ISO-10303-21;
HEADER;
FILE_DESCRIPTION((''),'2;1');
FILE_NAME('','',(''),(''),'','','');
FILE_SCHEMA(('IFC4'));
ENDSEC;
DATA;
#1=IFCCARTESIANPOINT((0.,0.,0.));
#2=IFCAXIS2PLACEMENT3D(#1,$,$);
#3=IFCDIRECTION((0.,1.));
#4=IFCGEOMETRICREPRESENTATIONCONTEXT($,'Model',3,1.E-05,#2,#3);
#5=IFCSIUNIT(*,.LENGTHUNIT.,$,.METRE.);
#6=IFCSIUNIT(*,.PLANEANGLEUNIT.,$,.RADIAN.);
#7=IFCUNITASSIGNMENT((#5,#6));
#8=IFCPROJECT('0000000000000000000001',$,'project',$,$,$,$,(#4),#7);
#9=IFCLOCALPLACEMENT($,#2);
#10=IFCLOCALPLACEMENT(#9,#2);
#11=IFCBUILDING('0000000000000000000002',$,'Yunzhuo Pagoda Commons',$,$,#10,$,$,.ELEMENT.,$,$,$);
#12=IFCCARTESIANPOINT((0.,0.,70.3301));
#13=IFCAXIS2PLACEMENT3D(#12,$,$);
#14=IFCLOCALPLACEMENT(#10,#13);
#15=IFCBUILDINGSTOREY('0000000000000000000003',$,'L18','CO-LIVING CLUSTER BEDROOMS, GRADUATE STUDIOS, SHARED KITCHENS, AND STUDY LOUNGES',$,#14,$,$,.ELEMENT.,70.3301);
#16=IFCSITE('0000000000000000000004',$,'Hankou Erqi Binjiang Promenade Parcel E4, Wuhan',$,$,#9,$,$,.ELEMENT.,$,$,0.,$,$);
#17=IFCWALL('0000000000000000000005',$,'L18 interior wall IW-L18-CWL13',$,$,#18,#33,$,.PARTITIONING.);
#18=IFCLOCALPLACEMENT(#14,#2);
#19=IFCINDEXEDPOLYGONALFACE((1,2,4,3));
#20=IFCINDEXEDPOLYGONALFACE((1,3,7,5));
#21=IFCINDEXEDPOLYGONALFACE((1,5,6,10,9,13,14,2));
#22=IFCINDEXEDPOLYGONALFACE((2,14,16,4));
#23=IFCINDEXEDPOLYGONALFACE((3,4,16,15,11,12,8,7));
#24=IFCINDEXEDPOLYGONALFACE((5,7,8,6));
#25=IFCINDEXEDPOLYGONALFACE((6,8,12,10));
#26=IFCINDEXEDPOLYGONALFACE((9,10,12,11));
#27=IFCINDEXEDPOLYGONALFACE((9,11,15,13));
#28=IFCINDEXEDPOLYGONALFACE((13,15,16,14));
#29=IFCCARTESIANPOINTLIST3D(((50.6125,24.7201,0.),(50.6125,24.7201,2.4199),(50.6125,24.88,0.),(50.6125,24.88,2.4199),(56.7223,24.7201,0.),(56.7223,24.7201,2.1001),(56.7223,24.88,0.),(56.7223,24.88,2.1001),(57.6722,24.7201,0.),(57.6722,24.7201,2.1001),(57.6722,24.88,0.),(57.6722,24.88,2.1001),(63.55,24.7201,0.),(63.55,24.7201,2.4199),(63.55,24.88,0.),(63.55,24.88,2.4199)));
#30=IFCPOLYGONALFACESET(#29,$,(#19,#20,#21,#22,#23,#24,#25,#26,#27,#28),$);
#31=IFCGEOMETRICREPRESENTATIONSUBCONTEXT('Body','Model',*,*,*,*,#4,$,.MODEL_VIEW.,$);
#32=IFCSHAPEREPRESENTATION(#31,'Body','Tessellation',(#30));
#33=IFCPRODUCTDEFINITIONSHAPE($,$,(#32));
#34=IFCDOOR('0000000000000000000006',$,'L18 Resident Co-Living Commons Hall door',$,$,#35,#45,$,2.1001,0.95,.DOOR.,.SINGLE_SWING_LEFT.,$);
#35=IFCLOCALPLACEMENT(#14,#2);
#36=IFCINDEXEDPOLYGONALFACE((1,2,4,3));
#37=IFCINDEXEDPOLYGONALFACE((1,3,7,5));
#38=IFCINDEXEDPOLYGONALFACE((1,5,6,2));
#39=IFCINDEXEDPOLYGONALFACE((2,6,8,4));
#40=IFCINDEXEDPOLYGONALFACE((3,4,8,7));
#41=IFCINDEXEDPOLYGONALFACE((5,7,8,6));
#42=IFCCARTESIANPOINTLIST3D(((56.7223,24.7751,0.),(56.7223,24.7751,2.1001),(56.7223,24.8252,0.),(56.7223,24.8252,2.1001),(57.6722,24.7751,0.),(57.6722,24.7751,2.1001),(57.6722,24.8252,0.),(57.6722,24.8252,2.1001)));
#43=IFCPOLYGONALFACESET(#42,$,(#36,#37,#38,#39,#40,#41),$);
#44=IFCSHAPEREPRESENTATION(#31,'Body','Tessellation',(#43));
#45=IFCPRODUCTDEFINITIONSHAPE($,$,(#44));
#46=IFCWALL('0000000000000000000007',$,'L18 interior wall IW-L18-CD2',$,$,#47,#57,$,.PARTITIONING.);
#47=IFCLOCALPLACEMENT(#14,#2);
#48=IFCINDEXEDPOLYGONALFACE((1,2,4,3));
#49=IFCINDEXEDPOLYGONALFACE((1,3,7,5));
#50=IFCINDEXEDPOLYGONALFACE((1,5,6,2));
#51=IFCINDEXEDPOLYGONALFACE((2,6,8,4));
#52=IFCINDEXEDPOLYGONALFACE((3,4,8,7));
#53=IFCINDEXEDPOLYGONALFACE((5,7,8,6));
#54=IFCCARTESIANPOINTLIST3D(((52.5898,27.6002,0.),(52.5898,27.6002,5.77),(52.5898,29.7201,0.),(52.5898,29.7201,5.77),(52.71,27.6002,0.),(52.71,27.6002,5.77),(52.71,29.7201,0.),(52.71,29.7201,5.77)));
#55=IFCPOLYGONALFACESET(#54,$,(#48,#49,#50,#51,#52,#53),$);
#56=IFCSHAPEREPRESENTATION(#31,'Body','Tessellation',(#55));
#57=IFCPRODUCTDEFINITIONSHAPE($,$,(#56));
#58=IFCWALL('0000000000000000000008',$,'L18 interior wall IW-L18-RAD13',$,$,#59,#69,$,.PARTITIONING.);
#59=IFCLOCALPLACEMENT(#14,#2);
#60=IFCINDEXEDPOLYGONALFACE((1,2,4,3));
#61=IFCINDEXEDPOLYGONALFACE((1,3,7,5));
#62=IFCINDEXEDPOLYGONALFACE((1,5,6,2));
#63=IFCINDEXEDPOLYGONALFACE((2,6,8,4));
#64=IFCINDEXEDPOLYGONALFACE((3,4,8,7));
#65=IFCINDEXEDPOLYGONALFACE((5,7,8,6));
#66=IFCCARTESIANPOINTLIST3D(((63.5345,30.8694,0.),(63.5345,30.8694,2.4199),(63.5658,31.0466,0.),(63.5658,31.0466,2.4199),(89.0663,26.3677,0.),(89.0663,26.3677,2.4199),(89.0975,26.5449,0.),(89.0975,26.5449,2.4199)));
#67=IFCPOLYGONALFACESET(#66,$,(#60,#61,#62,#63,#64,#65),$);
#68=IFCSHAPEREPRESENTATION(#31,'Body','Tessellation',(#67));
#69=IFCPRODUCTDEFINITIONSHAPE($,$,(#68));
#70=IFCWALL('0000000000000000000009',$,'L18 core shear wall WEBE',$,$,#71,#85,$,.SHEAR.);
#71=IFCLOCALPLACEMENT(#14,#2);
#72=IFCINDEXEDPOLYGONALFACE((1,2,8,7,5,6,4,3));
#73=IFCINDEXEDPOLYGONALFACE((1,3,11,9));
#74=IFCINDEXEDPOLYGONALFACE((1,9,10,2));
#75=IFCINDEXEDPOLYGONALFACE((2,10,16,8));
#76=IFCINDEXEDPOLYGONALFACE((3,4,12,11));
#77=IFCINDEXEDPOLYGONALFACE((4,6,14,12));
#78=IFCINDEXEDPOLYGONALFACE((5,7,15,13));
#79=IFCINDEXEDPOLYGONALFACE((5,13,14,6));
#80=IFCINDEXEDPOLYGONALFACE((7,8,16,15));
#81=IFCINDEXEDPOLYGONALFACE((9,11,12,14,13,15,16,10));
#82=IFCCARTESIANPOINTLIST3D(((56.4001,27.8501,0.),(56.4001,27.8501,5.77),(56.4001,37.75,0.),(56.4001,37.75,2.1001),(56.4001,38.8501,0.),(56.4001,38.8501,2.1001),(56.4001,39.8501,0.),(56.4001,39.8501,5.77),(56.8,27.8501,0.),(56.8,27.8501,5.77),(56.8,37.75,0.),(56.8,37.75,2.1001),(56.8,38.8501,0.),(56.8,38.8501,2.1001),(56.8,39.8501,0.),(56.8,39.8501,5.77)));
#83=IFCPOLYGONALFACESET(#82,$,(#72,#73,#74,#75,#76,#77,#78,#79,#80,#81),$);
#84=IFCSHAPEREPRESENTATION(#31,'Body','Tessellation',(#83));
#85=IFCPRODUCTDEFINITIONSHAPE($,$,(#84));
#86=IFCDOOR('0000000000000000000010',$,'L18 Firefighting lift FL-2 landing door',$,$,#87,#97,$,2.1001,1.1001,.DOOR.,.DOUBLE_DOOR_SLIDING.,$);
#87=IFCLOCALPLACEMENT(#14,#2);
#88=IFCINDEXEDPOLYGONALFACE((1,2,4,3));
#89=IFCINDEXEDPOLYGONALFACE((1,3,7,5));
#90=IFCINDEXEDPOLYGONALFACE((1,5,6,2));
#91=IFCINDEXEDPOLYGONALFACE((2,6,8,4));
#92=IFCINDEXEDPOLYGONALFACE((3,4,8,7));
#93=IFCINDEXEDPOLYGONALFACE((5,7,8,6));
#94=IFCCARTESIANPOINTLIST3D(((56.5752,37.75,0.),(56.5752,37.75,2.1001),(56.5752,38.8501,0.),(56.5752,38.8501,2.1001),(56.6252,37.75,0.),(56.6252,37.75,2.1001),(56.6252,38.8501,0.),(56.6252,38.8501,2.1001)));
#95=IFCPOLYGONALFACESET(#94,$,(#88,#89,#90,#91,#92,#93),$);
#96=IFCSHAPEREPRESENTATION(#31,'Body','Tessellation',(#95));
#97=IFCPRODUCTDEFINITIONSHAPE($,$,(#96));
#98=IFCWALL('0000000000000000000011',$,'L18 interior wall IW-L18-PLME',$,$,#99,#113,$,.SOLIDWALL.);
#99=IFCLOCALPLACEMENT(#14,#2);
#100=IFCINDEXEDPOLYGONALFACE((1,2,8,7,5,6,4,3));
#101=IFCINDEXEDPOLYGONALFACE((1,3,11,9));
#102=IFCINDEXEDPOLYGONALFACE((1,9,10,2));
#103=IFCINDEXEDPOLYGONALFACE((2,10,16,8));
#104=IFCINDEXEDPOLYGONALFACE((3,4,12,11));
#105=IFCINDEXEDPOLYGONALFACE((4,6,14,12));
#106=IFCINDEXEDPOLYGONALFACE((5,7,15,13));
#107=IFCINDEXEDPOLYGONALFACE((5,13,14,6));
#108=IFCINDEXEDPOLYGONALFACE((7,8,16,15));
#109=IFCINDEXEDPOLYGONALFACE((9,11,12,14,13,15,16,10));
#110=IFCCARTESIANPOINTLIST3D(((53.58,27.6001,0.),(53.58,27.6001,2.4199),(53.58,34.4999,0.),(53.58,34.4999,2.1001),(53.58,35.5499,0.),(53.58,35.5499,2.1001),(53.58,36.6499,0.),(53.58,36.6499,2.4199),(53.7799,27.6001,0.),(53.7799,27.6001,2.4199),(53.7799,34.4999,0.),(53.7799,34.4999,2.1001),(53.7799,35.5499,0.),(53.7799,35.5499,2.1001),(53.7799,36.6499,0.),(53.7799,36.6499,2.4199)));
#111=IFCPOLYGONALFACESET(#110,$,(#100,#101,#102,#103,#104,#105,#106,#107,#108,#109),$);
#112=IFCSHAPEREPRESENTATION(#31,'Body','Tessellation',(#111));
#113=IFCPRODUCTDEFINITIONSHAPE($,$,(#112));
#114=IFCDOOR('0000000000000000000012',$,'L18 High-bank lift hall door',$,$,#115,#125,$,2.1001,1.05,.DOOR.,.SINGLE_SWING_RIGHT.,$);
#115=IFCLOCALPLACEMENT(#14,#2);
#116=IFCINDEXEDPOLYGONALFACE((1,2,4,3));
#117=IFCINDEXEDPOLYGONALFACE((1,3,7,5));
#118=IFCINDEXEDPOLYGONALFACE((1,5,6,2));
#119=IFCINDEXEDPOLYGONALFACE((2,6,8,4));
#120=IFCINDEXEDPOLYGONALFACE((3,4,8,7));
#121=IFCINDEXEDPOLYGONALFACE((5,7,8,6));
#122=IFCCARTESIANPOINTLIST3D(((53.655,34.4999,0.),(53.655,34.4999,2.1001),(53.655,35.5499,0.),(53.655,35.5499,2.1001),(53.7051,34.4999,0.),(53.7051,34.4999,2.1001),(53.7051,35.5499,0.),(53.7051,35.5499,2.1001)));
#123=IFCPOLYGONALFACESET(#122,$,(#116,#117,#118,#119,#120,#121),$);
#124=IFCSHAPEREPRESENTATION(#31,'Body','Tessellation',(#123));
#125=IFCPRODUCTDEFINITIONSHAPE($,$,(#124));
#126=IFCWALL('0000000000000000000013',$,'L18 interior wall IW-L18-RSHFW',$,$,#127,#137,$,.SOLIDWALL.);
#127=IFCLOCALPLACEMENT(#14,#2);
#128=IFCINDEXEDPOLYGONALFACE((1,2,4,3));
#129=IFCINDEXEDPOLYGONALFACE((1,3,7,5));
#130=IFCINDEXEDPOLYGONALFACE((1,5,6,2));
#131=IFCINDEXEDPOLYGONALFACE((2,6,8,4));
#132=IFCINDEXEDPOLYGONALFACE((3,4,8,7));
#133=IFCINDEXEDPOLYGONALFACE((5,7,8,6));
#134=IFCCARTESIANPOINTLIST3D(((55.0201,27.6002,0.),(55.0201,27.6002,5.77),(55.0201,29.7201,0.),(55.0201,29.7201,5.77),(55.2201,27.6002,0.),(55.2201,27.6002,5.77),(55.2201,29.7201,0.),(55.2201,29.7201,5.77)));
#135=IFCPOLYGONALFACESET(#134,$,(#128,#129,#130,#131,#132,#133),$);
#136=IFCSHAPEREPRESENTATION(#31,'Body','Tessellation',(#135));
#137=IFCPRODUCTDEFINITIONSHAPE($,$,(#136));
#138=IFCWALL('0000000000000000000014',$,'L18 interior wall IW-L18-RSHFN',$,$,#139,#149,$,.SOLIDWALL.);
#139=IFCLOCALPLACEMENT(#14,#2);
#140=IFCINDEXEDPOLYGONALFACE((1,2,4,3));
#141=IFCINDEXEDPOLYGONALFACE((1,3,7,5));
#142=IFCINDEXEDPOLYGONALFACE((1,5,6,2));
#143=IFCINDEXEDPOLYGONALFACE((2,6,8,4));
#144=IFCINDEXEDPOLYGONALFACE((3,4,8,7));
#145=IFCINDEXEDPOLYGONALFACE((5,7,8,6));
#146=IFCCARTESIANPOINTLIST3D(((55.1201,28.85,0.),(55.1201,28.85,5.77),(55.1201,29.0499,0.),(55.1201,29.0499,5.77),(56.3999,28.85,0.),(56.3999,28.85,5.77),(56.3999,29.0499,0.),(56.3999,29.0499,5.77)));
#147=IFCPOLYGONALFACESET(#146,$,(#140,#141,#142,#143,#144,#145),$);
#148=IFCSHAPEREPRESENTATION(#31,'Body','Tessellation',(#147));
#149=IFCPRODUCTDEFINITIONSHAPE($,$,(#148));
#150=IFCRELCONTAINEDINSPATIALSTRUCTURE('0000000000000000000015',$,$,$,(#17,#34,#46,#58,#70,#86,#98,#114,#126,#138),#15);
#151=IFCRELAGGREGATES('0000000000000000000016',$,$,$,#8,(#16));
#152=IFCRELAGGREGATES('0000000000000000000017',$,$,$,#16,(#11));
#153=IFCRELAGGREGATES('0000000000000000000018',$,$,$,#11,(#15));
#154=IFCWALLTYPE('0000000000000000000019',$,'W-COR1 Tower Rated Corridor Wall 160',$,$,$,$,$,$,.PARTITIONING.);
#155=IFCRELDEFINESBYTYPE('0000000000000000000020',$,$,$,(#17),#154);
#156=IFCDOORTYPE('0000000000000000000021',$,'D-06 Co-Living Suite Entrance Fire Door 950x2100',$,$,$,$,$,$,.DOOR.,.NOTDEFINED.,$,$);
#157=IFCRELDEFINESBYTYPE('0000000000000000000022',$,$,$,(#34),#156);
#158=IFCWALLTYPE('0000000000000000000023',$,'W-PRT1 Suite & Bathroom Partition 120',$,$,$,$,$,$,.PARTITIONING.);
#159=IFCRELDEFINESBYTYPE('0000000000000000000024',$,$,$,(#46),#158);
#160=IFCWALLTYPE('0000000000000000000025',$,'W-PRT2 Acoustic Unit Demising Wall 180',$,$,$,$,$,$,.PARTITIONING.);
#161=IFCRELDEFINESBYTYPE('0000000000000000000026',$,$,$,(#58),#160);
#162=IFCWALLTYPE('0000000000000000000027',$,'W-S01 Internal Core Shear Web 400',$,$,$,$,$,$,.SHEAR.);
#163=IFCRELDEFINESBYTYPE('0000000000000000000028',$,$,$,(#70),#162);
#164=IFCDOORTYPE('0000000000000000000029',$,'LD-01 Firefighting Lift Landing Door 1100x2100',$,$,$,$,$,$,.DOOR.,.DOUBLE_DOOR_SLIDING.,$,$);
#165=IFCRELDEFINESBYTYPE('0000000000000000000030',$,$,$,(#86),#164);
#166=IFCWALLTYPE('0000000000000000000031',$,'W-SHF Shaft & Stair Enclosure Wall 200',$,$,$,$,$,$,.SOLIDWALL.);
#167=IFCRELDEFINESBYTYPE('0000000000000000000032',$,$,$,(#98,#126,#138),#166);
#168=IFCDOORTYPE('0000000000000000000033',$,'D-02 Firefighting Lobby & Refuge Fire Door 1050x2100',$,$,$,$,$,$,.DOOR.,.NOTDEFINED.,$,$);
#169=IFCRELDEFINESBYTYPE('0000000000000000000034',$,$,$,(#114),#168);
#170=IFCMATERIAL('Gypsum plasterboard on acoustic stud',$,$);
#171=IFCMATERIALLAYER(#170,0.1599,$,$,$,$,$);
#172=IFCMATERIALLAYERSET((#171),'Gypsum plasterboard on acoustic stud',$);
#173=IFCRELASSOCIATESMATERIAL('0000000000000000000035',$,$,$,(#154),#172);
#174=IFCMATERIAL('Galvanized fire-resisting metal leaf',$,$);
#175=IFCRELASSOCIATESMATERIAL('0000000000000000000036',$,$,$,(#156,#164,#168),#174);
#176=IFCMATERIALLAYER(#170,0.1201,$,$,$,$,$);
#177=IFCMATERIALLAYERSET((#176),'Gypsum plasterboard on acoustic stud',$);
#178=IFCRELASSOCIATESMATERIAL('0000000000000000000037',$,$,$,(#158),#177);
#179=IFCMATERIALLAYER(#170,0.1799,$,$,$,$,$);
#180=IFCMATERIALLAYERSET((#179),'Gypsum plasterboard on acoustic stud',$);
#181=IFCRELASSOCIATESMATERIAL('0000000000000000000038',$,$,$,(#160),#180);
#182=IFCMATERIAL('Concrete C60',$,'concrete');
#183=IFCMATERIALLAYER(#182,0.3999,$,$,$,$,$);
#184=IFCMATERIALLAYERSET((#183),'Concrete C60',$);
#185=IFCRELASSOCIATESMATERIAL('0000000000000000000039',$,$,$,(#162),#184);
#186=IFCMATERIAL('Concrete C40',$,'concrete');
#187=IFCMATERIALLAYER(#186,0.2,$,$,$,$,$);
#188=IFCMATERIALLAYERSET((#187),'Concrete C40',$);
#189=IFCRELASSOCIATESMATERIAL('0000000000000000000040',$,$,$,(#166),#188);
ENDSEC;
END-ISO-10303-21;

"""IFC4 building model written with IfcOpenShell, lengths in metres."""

from ifc_helpers import new_model, si_unit, direction, frame, frame_2d, origin, origin_with_axes, place, context, subcontext, project, spatial, rectangle, extrude, source, transform, mapped, material, layer, layer_set, type_object, element, fill, save


model = new_model("IFC4")

# Units and contexts
model_context = context("Model", 3, precision=1e-05, world=origin(), true_north=direction((0.0, 1.0)))
body_context = subcontext(model_context, "Body", "Model", "MODEL_VIEW")
ifc_project = project(units=[si_unit("LENGTHUNIT", "METRE"), si_unit("PLANEANGLEUNIT", "RADIAN")], contexts=[model_context])

# Site, building, storey
site_placement = place(None, origin())
site = spatial("IfcSite", under=ifc_project, at=site_placement, Name="Hankou Erqi Binjiang Promenade Parcel E4, Wuhan", CompositionType="ELEMENT", RefElevation=0.0)
building_placement = place(site_placement, origin())
building = spatial("IfcBuilding", under=site, at=building_placement, Name="Yunzhuo Pagoda Commons", CompositionType="ELEMENT")
storey_placement = place(building_placement, frame((0.0, 0.0, 70.3301)))
storey = spatial("IfcBuildingStorey", under=building, at=storey_placement, Name="L18", Description="CO-LIVING CLUSTER BEDROOMS, GRADUATE STUDIOS, SHARED KITCHENS, AND STUDY LOUNGES", CompositionType="ELEMENT", Elevation=70.3301)

# Shared definitions
ifc_material_1 = material(Name="Concrete C60", Category="concrete")
ifc_material_2 = material(Name="Gypsum plasterboard on acoustic stud")
ifc_layer_1 = layer(ifc_material_2, 0.1599)
ifc_layer_set_1 = layer_set([ifc_layer_1], Name="Gypsum plasterboard on acoustic stud")
wall_type_1 = type_object("IfcWallType", Name="W-COR1 Tower Rated Corridor Wall 160", PredefinedType="PARTITIONING", material=ifc_layer_set_1)

# Wall, opening, door
wall_1_placement = place(storey_placement, frame((63.55, 24.8, 0.0), z_axis=(0.0, 0.0, 1.0), x_axis=(-1.0, 0.0, 0.0)))
wall_1 = element("IfcWall", 1, at=wall_1_placement, inside=storey, type_object=wall_type_1, Name="L18 interior wall IW-L18-CWL13", PredefinedType="PARTITIONING", context=body_context, shape_type="SweptSolid", body=[
    extrude(rectangle(XDim=12.9375, YDim=0.1599, at=frame_2d((6.4688, 0.0))), origin(), (0.0, 0.0, 1.0), 2.4199),
])
opening_1_placement = place(wall_1_placement, frame((5.8777, 0.0, 0.0)))
opening_1 = element("IfcOpeningElement", 2, at=opening_1_placement, cuts=wall_1, PredefinedType="OPENING", context=body_context, shape_type="SweptSolid", body=[
    extrude(rectangle(XDim=0.95, YDim=2.1001, at=frame_2d((0.4751, 1.05))), frame((0.0, 0.0898, 0.0), z_axis=(0.0, -1.0, 0.0), x_axis=(1.0, 0.0, 0.0)), (0.0, 0.0, 1.0), 0.1799),
])
ifc_material_3 = material(Name="Galvanized fire-resisting metal leaf")
door_type_1 = type_object("IfcDoorType", Name="D-06 Co-Living Suite Entrance Fire Door 950x2100", OperationType="NOTDEFINED", PredefinedType="DOOR", material=ifc_material_3)
shared_shape_1 = source(origin(), body_context, "Body", "SweptSolid", [
    extrude(rectangle(XDim=0.95, YDim=2.1001, at=frame_2d((0.4751, 1.05))), frame((0.0, 0.0249, 0.0), z_axis=(0.0, -1.0, 0.0), x_axis=(1.0, 0.0, 0.0)), (0.0, 0.0, 1.0), 0.05),
])
door_1_placement = place(opening_1_placement, origin_with_axes())
door_1 = element("IfcDoor", 3, at=door_1_placement, inside=storey, type_object=door_type_1, Name="L18 Resident Co-Living Commons Hall door", OperationType="SINGLE_SWING_LEFT", OverallHeight=2.1001, OverallWidth=0.95, PredefinedType="DOOR", context=body_context, shape_type="MappedRepresentation", body=[
    mapped(shared_shape_1, transform((0.0, 0.0, 0.0), scale=1.0)),
])
fill(opening_1, door_1)

# Walls
ifc_layer_2 = layer(ifc_material_2, 0.1201)
ifc_layer_set_2 = layer_set([ifc_layer_2], Name="Gypsum plasterboard on acoustic stud")
wall_type_2 = type_object("IfcWallType", Name="W-PRT1 Suite & Bathroom Partition 120", PredefinedType="PARTITIONING", material=ifc_layer_set_2)
wall_2_placement = place(storey_placement, frame((52.6499, 27.6001, 0.0), z_axis=(0.0, 0.0, 1.0), x_axis=(0.0, 1.0, 0.0)))
element("IfcWall", 4, at=wall_2_placement, inside=storey, type_object=wall_type_2, Name="L18 interior wall IW-L18-CD2", PredefinedType="PARTITIONING", context=body_context, shape_type="SweptSolid", body=[
    extrude(rectangle(XDim=2.1199, YDim=0.1201, at=frame_2d((1.0601, 0.0))), origin(), (0.0, 0.0, 1.0), 5.77),
])
ifc_layer_3 = layer(ifc_material_2, 0.1799)
ifc_layer_set_3 = layer_set([ifc_layer_3], Name="Gypsum plasterboard on acoustic stud")
wall_type_3 = type_object("IfcWallType", Name="W-PRT2 Acoustic Unit Demising Wall 180", PredefinedType="PARTITIONING", material=ifc_layer_set_3)
wall_3_placement = place(storey_placement, frame((63.55, 30.958, 0.0), z_axis=(0.0, 0.0, 1.0), x_axis=(0.984809, -0.17364, 0.0)))
element("IfcWall", 5, at=wall_3_placement, inside=storey, type_object=wall_type_3, Name="L18 interior wall IW-L18-RAD13", PredefinedType="PARTITIONING", context=body_context, shape_type="SweptSolid", body=[
    extrude(rectangle(XDim=25.9255, YDim=0.1799, at=frame_2d((12.9629, 0.0))), origin(), (0.0, 0.0, 1.0), 2.4199),
])

# Walls, openings, doors
ifc_layer_4 = layer(ifc_material_1, 0.3999)
ifc_layer_set_4 = layer_set([ifc_layer_4], Name="Concrete C60")
wall_type_4 = type_object("IfcWallType", Name="W-S01 Internal Core Shear Web 400", PredefinedType="SHEAR", material=ifc_layer_set_4)
wall_4_placement = place(storey_placement, frame((56.6001, 27.8501, 0.0), z_axis=(0.0, 0.0, 1.0), x_axis=(0.0, 1.0, 0.0)))
wall_4 = element("IfcWall", 6, at=wall_4_placement, inside=storey, type_object=wall_type_4, Name="L18 core shear wall WEBE", PredefinedType="SHEAR", context=body_context, shape_type="SweptSolid", body=[
    extrude(rectangle(XDim=12.0, YDim=0.3999, at=frame_2d((6.0, 0.0))), origin(), (0.0, 0.0, 1.0), 5.77),
])
opening_2_placement = place(wall_4_placement, frame((9.8999, 0.0, 0.0)))
opening_2 = element("IfcOpeningElement", 7, at=opening_2_placement, cuts=wall_4, PredefinedType="OPENING", context=body_context, shape_type="SweptSolid", body=[
    extrude(rectangle(XDim=1.1001, YDim=2.1001, at=frame_2d((0.55, 1.05))), frame((0.0, 0.21, 0.0), z_axis=(0.0, -1.0, 0.0), x_axis=(1.0, 0.0, 0.0)), (0.0, 0.0, 1.0), 0.4199),
])
door_type_2 = type_object("IfcDoorType", Name="LD-01 Firefighting Lift Landing Door 1100x2100", OperationType="DOUBLE_DOOR_SLIDING", PredefinedType="DOOR", material=ifc_material_3)
shared_shape_2 = source(origin(), body_context, "Body", "SweptSolid", [
    extrude(rectangle(XDim=1.1001, YDim=2.1001, at=frame_2d((0.55, 1.05))), frame((0.0, 0.0249, 0.0), z_axis=(0.0, -1.0, 0.0), x_axis=(1.0, 0.0, 0.0)), (0.0, 0.0, 1.0), 0.05),
])
door_2_placement = place(opening_2_placement, origin_with_axes())
door_2 = element("IfcDoor", 8, at=door_2_placement, inside=storey, type_object=door_type_2, Name="L18 Firefighting lift FL-2 landing door", OperationType="DOUBLE_DOOR_SLIDING", OverallHeight=2.1001, OverallWidth=1.1001, PredefinedType="DOOR", context=body_context, shape_type="MappedRepresentation", body=[
    mapped(shared_shape_2, transform((0.0, 0.0, 0.0), scale=1.0)),
])
fill(opening_2, door_2)
ifc_material_4 = material(Name="Concrete C40", Category="concrete")
ifc_layer_5 = layer(ifc_material_4, 0.2)
ifc_layer_set_5 = layer_set([ifc_layer_5], Name="Concrete C40")
wall_type_5 = type_object("IfcWallType", Name="W-SHF Shaft & Stair Enclosure Wall 200", PredefinedType="SOLIDWALL", material=ifc_layer_set_5)
wall_5_placement = place(storey_placement, frame((53.6799, 27.6001, 0.0), z_axis=(0.0, 0.0, 1.0), x_axis=(0.0, 1.0, 0.0)))
wall_5 = element("IfcWall", 9, at=wall_5_placement, inside=storey, type_object=wall_type_5, Name="L18 interior wall IW-L18-PLME", PredefinedType="SOLIDWALL", context=body_context, shape_type="SweptSolid", body=[
    extrude(rectangle(XDim=9.0498, YDim=0.2, at=frame_2d((4.5249, 0.0))), origin(), (0.0, 0.0, 1.0), 2.4199),
])
opening_3_placement = place(wall_5_placement, frame((6.8999, 0.0, 0.0)))
opening_3 = element("IfcOpeningElement", 10, at=opening_3_placement, cuts=wall_5, PredefinedType="OPENING", context=body_context, shape_type="SweptSolid", body=[
    extrude(rectangle(XDim=1.05, YDim=2.1001, at=frame_2d((0.5249, 1.05))), frame((0.0, 0.1099, 0.0), z_axis=(0.0, -1.0, 0.0), x_axis=(1.0, 0.0, 0.0)), (0.0, 0.0, 1.0), 0.22),
])
door_type_3 = type_object("IfcDoorType", Name="D-02 Firefighting Lobby & Refuge Fire Door 1050x2100", OperationType="NOTDEFINED", PredefinedType="DOOR", material=ifc_material_3)
shared_shape_3 = source(origin(), body_context, "Body", "SweptSolid", [
    extrude(rectangle(XDim=1.05, YDim=2.1001, at=frame_2d((0.5249, 1.05))), frame((0.0, 0.0249, 0.0), z_axis=(0.0, -1.0, 0.0), x_axis=(1.0, 0.0, 0.0)), (0.0, 0.0, 1.0), 0.05),
])
door_3_placement = place(opening_3_placement, origin_with_axes())
door_3 = element("IfcDoor", 11, at=door_3_placement, inside=storey, type_object=door_type_3, Name="L18 High-bank lift hall door", OperationType="SINGLE_SWING_RIGHT", OverallHeight=2.1001, OverallWidth=1.05, PredefinedType="DOOR", context=body_context, shape_type="MappedRepresentation", body=[
    mapped(shared_shape_3, transform((0.0, 0.0, 0.0), scale=1.0)),
])
fill(opening_3, door_3)

# Walls
wall_6_placement = place(storey_placement, frame((55.1201, 27.6001, 0.0), z_axis=(0.0, 0.0, 1.0), x_axis=(0.0, 1.0, 0.0)))
element("IfcWall", 12, at=wall_6_placement, inside=storey, type_object=wall_type_5, Name="L18 interior wall IW-L18-RSHFW", PredefinedType="SOLIDWALL", context=body_context, shape_type="SweptSolid", body=[
    extrude(rectangle(XDim=2.1199, YDim=0.2, at=frame_2d((1.0601, 0.0))), origin(), (0.0, 0.0, 1.0), 5.77),
])
wall_7_placement = place(storey_placement, frame((55.1201, 28.95, 0.0), z_axis=(0.0, 0.0, 1.0), x_axis=(1.0, 0.0, 0.0)))
element("IfcWall", 13, at=wall_7_placement, inside=storey, type_object=wall_type_5, Name="L18 interior wall IW-L18-RSHFN", PredefinedType="SOLIDWALL", context=body_context, shape_type="SweptSolid", body=[
    extrude(rectangle(XDim=1.2798, YDim=0.2, at=frame_2d((0.6399, 0.0))), origin(), (0.0, 0.0, 1.0), 5.77),
])

save(model, "model.ifc")
